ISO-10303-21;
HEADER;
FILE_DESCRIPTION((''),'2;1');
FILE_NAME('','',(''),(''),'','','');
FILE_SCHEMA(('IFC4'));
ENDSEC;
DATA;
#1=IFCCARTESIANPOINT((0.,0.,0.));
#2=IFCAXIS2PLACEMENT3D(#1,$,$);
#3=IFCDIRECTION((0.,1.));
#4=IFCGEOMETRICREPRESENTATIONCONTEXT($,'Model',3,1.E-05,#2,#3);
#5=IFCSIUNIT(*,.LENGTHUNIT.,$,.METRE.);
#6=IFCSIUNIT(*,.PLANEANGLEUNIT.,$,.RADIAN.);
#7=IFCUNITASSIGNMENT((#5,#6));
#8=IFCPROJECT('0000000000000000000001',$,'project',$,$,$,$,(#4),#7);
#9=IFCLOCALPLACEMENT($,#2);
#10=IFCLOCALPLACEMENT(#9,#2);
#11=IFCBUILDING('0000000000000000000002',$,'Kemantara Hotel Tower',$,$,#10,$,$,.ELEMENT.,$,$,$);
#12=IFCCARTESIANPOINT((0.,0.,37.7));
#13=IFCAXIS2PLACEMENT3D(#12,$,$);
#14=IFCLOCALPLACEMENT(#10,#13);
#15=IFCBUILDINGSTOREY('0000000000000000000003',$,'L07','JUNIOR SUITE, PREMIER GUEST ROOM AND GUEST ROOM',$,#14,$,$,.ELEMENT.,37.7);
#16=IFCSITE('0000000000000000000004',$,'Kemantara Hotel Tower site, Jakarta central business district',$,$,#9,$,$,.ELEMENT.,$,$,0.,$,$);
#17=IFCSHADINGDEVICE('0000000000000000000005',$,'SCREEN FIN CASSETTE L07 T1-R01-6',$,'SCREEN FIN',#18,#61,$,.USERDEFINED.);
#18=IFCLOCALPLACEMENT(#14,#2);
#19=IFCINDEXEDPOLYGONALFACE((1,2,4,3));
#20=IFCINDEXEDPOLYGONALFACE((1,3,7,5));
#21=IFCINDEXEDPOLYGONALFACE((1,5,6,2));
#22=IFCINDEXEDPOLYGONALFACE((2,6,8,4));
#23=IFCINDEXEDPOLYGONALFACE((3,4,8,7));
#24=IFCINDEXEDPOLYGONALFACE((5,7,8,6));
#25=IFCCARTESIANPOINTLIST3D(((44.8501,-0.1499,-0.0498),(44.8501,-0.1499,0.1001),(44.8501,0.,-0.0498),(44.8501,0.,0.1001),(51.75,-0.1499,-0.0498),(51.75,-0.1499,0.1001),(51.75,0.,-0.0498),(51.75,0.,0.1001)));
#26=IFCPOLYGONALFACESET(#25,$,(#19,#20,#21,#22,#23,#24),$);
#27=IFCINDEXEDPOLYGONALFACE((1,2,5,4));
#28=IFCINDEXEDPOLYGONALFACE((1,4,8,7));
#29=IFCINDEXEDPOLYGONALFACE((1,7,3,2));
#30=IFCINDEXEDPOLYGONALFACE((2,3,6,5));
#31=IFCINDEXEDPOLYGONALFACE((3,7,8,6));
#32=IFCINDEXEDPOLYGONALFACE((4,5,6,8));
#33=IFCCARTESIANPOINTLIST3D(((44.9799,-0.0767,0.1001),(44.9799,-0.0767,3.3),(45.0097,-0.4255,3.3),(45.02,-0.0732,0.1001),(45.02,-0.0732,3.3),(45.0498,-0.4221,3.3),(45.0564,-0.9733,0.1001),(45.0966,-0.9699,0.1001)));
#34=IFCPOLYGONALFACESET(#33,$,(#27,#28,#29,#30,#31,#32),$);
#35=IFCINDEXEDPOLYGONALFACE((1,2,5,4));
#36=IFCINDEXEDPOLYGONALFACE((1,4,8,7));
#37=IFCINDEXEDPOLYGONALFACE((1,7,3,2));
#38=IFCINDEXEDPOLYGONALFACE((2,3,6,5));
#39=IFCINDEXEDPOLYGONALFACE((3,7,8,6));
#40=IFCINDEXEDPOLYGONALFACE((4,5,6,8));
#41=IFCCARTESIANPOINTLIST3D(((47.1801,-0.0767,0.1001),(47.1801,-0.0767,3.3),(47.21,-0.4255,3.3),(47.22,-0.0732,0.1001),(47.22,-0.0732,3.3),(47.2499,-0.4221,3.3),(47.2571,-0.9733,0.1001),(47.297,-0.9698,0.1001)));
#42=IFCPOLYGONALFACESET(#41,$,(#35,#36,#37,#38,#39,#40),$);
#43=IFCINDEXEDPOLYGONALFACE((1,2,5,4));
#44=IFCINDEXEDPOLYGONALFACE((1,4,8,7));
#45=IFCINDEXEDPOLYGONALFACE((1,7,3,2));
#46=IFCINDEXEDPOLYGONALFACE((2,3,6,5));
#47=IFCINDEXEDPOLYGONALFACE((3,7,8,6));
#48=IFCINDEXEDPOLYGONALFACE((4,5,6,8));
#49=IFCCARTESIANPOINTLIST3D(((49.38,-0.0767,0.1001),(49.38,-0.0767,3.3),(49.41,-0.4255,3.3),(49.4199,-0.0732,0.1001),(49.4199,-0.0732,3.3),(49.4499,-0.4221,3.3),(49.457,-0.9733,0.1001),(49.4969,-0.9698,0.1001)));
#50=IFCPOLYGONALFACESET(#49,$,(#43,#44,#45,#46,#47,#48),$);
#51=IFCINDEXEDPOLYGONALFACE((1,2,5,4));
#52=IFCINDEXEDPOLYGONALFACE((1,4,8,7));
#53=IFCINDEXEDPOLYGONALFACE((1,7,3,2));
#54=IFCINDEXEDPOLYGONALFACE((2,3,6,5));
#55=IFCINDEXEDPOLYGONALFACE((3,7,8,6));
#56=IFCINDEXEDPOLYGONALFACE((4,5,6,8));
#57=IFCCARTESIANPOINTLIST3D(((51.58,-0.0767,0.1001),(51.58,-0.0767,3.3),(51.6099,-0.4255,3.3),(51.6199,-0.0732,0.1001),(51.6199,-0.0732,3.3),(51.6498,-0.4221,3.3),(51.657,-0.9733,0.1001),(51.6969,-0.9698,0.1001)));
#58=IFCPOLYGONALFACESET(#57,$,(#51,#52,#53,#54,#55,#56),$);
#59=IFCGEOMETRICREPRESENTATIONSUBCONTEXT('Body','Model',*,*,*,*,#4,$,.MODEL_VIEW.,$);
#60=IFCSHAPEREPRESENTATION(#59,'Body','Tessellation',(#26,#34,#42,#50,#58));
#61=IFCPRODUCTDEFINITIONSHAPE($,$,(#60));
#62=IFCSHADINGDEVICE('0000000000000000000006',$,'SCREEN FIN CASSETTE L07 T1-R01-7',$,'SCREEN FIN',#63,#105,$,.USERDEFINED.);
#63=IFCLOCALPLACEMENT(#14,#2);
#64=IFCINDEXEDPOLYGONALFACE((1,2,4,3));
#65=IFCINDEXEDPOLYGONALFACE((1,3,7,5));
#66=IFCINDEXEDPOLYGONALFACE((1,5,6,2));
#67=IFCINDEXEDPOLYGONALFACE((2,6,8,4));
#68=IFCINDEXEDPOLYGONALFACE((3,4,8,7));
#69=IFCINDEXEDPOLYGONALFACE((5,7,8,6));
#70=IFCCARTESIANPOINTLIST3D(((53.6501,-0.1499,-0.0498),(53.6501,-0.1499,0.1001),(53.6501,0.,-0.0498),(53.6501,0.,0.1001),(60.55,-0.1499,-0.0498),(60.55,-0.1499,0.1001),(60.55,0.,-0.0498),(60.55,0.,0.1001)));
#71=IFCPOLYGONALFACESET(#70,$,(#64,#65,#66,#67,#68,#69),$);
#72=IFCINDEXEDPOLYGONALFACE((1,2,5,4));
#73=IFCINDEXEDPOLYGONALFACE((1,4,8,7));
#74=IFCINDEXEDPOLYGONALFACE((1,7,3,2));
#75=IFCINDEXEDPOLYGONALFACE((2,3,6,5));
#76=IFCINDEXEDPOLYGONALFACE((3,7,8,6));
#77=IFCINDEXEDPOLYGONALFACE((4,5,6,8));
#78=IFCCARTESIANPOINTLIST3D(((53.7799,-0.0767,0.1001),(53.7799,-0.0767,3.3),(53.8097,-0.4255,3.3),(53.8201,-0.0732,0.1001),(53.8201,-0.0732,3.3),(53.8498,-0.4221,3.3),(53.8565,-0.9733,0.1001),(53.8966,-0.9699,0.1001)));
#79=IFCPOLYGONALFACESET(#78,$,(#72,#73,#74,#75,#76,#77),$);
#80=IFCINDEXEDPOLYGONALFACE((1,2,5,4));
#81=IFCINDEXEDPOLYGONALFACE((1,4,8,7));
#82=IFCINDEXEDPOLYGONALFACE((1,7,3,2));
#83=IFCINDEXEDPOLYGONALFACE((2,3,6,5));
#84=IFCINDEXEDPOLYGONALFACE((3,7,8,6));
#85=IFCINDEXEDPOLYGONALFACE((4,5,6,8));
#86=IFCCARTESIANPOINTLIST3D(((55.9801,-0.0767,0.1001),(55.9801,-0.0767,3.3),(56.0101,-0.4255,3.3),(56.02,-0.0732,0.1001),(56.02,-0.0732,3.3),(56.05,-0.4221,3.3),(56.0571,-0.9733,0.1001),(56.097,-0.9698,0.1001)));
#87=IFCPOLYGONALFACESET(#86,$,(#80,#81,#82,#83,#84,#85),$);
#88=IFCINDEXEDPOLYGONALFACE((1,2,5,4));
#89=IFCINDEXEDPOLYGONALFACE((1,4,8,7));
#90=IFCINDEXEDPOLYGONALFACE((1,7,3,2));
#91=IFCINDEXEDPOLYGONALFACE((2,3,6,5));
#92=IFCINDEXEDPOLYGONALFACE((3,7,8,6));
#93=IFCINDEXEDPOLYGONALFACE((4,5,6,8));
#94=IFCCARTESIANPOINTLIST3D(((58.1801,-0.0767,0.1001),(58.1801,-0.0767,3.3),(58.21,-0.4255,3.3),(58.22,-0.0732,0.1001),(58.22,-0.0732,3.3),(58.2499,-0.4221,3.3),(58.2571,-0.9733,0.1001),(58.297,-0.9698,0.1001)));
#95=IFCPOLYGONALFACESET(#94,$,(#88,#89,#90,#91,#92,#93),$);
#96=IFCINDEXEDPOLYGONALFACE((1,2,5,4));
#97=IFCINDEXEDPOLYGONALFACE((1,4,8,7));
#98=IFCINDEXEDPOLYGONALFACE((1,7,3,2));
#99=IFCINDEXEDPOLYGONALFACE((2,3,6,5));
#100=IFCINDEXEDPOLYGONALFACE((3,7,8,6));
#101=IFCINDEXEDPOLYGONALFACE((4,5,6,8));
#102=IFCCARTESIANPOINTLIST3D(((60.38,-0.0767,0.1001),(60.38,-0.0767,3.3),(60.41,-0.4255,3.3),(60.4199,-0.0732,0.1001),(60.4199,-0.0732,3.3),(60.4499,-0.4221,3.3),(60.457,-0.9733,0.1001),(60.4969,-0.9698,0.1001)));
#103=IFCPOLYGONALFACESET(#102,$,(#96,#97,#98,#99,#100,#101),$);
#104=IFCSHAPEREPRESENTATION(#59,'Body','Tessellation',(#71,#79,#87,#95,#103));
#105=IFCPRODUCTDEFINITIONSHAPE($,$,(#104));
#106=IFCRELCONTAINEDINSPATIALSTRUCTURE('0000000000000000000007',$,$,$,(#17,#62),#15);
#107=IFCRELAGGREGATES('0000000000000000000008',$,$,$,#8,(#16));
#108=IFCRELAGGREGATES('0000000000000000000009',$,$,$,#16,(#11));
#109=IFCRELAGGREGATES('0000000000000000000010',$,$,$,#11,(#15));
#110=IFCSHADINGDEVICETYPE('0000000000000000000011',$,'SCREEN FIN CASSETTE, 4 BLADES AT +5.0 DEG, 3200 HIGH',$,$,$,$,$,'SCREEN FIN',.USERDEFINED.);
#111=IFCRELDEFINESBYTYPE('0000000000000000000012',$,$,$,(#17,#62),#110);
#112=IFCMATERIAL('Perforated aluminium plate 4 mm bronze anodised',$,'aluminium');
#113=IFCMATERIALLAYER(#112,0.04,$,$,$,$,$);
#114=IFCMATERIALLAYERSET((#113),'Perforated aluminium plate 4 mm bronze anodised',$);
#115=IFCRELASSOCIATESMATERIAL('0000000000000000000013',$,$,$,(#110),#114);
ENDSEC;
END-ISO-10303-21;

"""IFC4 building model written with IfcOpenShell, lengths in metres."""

from ifc_helpers import new_model, si_unit, direction, frame, origin, origin_2d, place, context, subcontext, project, spatial, polyline, rectangle, outline, extrude, source, transform, mapped, material, layer, layer_set, type_object, element, save


model = new_model("IFC4")

# Units and contexts
model_context = context("Model", 3, precision=1e-05, world=origin(), true_north=direction((0.0, 1.0)))
body_context = subcontext(model_context, "Body", "Model", "MODEL_VIEW")
ifc_project = project(units=[si_unit("LENGTHUNIT", "METRE"), si_unit("PLANEANGLEUNIT", "RADIAN")], contexts=[model_context])

# Site, building, storey
site_placement = place(None, origin())
site = spatial("IfcSite", under=ifc_project, at=site_placement, Name="Kemantara Hotel Tower site, Jakarta central business district", CompositionType="ELEMENT", RefElevation=0.0)
building_placement = place(site_placement, origin())
building = spatial("IfcBuilding", under=site, at=building_placement, Name="Kemantara Hotel Tower", CompositionType="ELEMENT")
storey_placement = place(building_placement, frame((0.0, 0.0, 37.7)))
storey = spatial("IfcBuildingStorey", under=building, at=storey_placement, Name="L07", Description="JUNIOR SUITE, PREMIER GUEST ROOM AND GUEST ROOM", CompositionType="ELEMENT", Elevation=37.7)

# Shading devices
ifc_material_1 = material(Name="Perforated aluminium plate 4 mm bronze anodised", Category="aluminium")
ifc_layer_1 = layer(ifc_material_1, 0.04)
ifc_layer_set_1 = layer_set([ifc_layer_1], Name="Perforated aluminium plate 4 mm bronze anodised")
shading_device_type = type_object("IfcShadingDeviceType", Name="SCREEN FIN CASSETTE, 4 BLADES AT +5.0 DEG, 3200 HIGH", ElementType="SCREEN FIN", PredefinedType="USERDEFINED", material=ifc_layer_set_1)
shared_shape = source(origin(), body_context, "Body", "SweptSolid", [
    extrude(rectangle(XDim=6.8999, YDim=0.1499, at=origin_2d()), frame((3.3, -0.075, -0.1499), z_axis=(0.0, 0.0, 1.0), x_axis=(1.0, 0.0, 0.0)), (0.0, 0.0, 1.0), 0.1499),
    extrude(outline(polyline([(0.0, 0.0), (0.8999, 0.0), (0.3501, 3.2), (0.0, 3.2), (0.0, 0.0)])), frame((0.02, -0.0732, 0.0), z_axis=(-0.996376, -0.085056, 0.0), x_axis=(0.085056, -0.996376, 0.0)), (0.0, 0.0, 1.0), 0.0403),
    extrude(outline(polyline([(0.0, 0.0), (0.8999, 0.0), (0.3501, 3.2), (0.0, 3.2), (0.0, 0.0)])), frame((2.22, -0.0732, 0.0), z_axis=(-0.996332, -0.085575, 0.0), x_axis=(0.085575, -0.996332, 0.0)), (0.0, 0.0, 1.0), 0.04),
    extrude(outline(polyline([(0.0, 0.0), (0.8999, 0.0), (0.3501, 3.2), (0.0, 3.2), (0.0, 0.0)])), frame((4.4199, -0.0732, 0.0), z_axis=(-0.996332, -0.085575, 0.0), x_axis=(0.085575, -0.996332, 0.0)), (0.0, 0.0, 1.0), 0.04),
    extrude(outline(polyline([(0.0, 0.0), (0.8999, 0.0), (0.3501, 3.2), (0.0, 3.2), (0.0, 0.0)])), frame((6.6199, -0.0732, 0.0), z_axis=(-0.996332, -0.085575, 0.0), x_axis=(0.085575, -0.996332, 0.0)), (0.0, 0.0, 1.0), 0.04),
])
for number, where, z_axis, x_axis, name in (
    (1, (45.0, 0.0, 0.1001), (0.0, 0.0, 1.0), (1.0, 0.0, 0.0), "SCREEN FIN CASSETTE L07 T1-R01-6"),
    (2, (53.8, 0.0, 0.1001), (0.0, 0.0, 1.0), (1.0, 0.0, 0.0), "SCREEN FIN CASSETTE L07 T1-R01-7"),
):
    element("IfcShadingDevice", number, at=place(storey_placement, frame(where, z_axis=z_axis, x_axis=x_axis)), inside=storey, type_object=shading_device_type, Name=name, ObjectType="SCREEN FIN", PredefinedType="USERDEFINED", context=body_context, shape_type="MappedRepresentation", body=[
        mapped(shared_shape, transform((0.0, 0.0, 0.0))),
    ])

save(model, "model.ifc")
